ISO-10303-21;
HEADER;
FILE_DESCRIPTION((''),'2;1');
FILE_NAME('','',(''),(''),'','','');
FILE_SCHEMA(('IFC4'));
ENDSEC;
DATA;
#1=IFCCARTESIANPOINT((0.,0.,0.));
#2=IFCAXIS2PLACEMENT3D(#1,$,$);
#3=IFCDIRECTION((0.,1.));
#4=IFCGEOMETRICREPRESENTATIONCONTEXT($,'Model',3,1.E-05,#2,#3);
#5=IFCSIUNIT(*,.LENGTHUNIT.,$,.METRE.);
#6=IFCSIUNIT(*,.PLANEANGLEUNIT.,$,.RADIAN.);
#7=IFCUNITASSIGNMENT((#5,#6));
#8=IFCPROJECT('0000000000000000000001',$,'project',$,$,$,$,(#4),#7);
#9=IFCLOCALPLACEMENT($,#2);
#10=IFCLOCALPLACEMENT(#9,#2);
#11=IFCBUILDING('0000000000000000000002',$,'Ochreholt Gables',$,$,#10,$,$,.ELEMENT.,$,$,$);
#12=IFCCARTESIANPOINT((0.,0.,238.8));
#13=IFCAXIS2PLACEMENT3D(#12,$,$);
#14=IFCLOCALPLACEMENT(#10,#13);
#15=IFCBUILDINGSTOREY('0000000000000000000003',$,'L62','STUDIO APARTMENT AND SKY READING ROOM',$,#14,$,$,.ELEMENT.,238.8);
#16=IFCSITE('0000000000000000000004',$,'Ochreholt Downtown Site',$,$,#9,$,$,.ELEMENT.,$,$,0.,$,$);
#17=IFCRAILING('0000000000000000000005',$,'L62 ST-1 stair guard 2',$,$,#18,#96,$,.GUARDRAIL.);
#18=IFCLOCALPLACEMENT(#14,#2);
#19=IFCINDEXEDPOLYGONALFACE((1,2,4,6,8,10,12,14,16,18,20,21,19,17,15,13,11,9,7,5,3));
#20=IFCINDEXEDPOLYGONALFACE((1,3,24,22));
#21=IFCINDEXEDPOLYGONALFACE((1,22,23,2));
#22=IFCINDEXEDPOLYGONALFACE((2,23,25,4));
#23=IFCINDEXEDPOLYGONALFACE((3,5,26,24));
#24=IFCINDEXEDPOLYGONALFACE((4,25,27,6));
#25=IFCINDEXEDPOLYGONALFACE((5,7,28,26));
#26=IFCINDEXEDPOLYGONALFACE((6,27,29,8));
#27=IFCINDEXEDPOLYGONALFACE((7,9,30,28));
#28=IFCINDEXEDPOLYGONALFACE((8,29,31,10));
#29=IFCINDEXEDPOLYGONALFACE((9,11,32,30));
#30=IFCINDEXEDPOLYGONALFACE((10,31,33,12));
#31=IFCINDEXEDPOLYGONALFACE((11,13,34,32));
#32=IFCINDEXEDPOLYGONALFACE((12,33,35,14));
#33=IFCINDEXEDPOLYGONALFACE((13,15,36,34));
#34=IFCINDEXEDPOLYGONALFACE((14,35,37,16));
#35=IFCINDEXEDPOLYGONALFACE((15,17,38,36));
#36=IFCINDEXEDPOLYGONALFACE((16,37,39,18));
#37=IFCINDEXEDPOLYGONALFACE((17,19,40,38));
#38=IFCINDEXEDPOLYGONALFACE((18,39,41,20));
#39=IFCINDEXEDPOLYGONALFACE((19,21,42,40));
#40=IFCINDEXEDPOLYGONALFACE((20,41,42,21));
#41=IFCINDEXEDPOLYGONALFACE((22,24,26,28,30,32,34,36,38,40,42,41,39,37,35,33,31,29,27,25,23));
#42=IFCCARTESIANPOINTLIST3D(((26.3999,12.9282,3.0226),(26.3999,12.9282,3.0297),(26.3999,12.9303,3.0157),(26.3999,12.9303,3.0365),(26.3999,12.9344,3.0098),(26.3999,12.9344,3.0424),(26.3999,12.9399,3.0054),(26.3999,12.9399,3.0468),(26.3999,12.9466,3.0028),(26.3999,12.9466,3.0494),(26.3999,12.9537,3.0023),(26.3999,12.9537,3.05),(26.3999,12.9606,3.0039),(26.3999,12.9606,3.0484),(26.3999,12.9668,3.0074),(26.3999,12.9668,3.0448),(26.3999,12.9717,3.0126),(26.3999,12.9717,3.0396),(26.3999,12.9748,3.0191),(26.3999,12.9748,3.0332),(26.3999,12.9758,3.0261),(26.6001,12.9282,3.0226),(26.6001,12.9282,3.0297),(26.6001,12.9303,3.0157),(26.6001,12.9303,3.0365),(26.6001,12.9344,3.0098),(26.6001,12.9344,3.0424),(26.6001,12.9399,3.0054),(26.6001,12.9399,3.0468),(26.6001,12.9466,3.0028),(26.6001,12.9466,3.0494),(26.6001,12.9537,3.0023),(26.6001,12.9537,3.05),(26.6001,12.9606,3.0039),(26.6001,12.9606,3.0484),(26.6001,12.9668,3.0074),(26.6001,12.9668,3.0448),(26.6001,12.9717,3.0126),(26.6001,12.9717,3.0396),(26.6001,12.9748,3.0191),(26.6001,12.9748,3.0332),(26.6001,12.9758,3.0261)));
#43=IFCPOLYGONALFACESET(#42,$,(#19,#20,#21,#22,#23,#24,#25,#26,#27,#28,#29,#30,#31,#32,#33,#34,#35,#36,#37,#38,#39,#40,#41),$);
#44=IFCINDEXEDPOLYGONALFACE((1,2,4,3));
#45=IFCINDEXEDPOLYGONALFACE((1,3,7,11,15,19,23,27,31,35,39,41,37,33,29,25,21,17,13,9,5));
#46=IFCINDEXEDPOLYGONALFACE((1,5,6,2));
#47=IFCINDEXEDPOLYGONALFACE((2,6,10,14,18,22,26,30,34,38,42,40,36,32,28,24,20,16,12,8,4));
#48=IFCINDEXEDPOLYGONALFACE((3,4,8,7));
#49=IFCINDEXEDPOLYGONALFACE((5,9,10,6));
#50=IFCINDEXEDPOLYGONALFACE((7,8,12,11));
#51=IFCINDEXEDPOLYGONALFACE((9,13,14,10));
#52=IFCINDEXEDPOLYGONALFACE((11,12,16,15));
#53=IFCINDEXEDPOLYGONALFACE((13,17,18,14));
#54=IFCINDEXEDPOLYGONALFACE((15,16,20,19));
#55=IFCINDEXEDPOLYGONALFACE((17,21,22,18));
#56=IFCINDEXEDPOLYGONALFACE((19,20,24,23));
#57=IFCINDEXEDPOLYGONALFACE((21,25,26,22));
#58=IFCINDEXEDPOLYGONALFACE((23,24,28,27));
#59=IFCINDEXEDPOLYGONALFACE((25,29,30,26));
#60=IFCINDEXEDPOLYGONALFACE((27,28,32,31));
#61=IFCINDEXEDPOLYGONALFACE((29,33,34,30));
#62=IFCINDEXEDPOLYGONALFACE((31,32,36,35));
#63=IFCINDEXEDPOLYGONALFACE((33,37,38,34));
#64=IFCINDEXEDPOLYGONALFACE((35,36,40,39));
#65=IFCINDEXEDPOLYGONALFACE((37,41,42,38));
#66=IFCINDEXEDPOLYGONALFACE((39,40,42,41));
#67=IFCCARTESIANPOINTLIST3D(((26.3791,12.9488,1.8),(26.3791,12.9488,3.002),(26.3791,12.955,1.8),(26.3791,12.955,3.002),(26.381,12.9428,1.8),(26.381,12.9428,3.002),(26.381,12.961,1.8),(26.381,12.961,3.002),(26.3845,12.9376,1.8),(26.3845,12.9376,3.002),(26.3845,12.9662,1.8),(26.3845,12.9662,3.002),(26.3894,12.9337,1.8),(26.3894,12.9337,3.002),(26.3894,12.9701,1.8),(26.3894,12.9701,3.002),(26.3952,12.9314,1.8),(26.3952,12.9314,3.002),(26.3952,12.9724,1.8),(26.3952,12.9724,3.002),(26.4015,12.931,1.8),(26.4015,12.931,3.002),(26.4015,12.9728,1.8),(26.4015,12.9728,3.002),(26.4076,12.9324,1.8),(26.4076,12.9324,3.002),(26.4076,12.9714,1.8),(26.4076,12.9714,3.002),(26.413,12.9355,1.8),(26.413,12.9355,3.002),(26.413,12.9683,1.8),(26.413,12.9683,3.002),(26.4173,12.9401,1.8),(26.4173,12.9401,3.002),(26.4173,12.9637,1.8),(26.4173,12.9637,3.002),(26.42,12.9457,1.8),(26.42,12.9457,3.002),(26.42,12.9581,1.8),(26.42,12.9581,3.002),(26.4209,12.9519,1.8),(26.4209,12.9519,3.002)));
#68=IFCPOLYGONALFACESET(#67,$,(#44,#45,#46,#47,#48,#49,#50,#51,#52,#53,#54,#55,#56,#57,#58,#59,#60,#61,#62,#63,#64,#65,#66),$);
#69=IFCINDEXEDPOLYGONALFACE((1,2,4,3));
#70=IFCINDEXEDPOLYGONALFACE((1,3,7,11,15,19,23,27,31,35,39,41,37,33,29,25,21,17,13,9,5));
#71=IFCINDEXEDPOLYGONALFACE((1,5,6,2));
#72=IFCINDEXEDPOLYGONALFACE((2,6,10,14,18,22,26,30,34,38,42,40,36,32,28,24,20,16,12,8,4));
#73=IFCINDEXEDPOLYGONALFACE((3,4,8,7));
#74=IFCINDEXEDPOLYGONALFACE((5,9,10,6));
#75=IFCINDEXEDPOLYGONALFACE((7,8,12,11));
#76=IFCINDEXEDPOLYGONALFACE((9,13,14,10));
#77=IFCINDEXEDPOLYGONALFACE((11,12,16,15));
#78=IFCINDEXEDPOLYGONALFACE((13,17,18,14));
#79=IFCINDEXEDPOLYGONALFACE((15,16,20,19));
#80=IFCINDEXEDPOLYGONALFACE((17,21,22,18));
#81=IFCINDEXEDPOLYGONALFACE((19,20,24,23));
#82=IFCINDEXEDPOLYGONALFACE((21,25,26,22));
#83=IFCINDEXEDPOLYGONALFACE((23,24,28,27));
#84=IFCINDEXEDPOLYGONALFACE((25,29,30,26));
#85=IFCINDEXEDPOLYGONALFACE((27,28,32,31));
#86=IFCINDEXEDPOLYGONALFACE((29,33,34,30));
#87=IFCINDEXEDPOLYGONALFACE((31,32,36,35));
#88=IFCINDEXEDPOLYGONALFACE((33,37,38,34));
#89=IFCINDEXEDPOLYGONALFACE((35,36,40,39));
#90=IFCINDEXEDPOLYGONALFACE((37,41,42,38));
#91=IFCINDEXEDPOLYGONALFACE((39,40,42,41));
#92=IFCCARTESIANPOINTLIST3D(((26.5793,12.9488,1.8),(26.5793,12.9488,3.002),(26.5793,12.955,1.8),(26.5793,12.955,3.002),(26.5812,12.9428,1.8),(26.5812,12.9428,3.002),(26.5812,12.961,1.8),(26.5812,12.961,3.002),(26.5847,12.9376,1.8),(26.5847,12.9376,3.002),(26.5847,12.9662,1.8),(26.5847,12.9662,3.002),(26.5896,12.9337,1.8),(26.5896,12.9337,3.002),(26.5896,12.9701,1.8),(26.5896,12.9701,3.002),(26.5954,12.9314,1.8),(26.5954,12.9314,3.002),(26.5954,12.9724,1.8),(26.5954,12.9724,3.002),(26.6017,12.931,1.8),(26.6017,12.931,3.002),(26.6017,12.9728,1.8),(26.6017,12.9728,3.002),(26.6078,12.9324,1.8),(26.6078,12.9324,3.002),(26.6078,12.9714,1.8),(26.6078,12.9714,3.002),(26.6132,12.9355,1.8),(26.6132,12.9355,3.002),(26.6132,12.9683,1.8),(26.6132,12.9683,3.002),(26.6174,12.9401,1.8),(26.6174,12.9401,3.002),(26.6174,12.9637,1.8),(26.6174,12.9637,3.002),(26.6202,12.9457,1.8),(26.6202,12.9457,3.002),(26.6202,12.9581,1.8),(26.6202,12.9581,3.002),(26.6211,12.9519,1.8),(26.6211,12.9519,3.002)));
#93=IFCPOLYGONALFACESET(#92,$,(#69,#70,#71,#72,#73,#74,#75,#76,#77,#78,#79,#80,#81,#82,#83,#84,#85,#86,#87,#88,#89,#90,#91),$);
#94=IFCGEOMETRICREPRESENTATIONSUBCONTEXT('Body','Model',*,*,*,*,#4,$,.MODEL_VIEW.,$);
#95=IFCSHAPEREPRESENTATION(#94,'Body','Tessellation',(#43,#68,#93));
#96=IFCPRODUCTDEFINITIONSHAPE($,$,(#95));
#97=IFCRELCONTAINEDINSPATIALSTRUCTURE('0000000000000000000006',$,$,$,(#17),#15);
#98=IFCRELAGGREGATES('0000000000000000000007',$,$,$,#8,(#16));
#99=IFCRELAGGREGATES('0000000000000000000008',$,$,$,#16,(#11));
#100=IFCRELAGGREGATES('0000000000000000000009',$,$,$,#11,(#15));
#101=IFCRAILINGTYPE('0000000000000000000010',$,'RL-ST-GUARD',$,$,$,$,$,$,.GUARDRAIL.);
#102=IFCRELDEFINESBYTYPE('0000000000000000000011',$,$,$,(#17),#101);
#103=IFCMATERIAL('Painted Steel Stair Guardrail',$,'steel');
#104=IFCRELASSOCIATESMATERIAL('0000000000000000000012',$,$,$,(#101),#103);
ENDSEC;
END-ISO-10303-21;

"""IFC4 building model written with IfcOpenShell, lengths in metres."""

from ifc_helpers import new_model, si_unit, direction, frame, origin, origin_2d, place, context, subcontext, project, spatial, circle, extrude, material, type_object, element, save


model = new_model("IFC4")

# Units and contexts
model_context = context("Model", 3, precision=1e-05, world=origin(), true_north=direction((0.0, 1.0)))
body_context = subcontext(model_context, "Body", "Model", "MODEL_VIEW")
ifc_project = project(units=[si_unit("LENGTHUNIT", "METRE"), si_unit("PLANEANGLEUNIT", "RADIAN")], contexts=[model_context])

# Site, building, storey
site_placement = place(None, origin())
site = spatial("IfcSite", under=ifc_project, at=site_placement, Name="Ochreholt Downtown Site", CompositionType="ELEMENT", RefElevation=0.0)
building_placement = place(site_placement, origin())
building = spatial("IfcBuilding", under=site, at=building_placement, Name="Ochreholt Gables", CompositionType="ELEMENT")
storey_placement = place(building_placement, frame((0.0, 0.0, 238.8)))
storey = spatial("IfcBuildingStorey", under=building, at=storey_placement, Name="L62", Description="STUDIO APARTMENT AND SKY READING ROOM", CompositionType="ELEMENT", Elevation=238.8)

# Railing
ifc_material_1 = material(Name="Painted Steel Stair Guardrail", Category="steel")
railing_type_1 = type_object("IfcRailingType", Name="RL-ST-GUARD", PredefinedType="GUARDRAIL", material=ifc_material_1)
railing_1_placement = place(storey_placement, frame((26.3999, 12.9519, 1.8)))
element("IfcRailing", 1, at=railing_1_placement, inside=storey, type_object=railing_type_1, Name="L62 ST-1 stair guard 2", PredefinedType="GUARDRAIL", context=body_context, shape_type="SweptSolid", body=[
    extrude(circle(Radius=0.0239, at=origin_2d()), frame((0.0, 0.0, 1.2261), z_axis=(1.0, 0.0, 0.0), x_axis=(0.0, 1.0, 0.0)), (0.0, 0.0, 1.0), 0.2002),
    extrude(circle(Radius=0.021, at=origin_2d()), origin(), (0.0, 0.0, 1.0), 1.2019),
    extrude(circle(Radius=0.021, at=origin_2d()), frame((0.2002, 0.0, 0.0)), (0.0, 0.0, 1.0), 1.2019),
])

save(model, "model.ifc")
